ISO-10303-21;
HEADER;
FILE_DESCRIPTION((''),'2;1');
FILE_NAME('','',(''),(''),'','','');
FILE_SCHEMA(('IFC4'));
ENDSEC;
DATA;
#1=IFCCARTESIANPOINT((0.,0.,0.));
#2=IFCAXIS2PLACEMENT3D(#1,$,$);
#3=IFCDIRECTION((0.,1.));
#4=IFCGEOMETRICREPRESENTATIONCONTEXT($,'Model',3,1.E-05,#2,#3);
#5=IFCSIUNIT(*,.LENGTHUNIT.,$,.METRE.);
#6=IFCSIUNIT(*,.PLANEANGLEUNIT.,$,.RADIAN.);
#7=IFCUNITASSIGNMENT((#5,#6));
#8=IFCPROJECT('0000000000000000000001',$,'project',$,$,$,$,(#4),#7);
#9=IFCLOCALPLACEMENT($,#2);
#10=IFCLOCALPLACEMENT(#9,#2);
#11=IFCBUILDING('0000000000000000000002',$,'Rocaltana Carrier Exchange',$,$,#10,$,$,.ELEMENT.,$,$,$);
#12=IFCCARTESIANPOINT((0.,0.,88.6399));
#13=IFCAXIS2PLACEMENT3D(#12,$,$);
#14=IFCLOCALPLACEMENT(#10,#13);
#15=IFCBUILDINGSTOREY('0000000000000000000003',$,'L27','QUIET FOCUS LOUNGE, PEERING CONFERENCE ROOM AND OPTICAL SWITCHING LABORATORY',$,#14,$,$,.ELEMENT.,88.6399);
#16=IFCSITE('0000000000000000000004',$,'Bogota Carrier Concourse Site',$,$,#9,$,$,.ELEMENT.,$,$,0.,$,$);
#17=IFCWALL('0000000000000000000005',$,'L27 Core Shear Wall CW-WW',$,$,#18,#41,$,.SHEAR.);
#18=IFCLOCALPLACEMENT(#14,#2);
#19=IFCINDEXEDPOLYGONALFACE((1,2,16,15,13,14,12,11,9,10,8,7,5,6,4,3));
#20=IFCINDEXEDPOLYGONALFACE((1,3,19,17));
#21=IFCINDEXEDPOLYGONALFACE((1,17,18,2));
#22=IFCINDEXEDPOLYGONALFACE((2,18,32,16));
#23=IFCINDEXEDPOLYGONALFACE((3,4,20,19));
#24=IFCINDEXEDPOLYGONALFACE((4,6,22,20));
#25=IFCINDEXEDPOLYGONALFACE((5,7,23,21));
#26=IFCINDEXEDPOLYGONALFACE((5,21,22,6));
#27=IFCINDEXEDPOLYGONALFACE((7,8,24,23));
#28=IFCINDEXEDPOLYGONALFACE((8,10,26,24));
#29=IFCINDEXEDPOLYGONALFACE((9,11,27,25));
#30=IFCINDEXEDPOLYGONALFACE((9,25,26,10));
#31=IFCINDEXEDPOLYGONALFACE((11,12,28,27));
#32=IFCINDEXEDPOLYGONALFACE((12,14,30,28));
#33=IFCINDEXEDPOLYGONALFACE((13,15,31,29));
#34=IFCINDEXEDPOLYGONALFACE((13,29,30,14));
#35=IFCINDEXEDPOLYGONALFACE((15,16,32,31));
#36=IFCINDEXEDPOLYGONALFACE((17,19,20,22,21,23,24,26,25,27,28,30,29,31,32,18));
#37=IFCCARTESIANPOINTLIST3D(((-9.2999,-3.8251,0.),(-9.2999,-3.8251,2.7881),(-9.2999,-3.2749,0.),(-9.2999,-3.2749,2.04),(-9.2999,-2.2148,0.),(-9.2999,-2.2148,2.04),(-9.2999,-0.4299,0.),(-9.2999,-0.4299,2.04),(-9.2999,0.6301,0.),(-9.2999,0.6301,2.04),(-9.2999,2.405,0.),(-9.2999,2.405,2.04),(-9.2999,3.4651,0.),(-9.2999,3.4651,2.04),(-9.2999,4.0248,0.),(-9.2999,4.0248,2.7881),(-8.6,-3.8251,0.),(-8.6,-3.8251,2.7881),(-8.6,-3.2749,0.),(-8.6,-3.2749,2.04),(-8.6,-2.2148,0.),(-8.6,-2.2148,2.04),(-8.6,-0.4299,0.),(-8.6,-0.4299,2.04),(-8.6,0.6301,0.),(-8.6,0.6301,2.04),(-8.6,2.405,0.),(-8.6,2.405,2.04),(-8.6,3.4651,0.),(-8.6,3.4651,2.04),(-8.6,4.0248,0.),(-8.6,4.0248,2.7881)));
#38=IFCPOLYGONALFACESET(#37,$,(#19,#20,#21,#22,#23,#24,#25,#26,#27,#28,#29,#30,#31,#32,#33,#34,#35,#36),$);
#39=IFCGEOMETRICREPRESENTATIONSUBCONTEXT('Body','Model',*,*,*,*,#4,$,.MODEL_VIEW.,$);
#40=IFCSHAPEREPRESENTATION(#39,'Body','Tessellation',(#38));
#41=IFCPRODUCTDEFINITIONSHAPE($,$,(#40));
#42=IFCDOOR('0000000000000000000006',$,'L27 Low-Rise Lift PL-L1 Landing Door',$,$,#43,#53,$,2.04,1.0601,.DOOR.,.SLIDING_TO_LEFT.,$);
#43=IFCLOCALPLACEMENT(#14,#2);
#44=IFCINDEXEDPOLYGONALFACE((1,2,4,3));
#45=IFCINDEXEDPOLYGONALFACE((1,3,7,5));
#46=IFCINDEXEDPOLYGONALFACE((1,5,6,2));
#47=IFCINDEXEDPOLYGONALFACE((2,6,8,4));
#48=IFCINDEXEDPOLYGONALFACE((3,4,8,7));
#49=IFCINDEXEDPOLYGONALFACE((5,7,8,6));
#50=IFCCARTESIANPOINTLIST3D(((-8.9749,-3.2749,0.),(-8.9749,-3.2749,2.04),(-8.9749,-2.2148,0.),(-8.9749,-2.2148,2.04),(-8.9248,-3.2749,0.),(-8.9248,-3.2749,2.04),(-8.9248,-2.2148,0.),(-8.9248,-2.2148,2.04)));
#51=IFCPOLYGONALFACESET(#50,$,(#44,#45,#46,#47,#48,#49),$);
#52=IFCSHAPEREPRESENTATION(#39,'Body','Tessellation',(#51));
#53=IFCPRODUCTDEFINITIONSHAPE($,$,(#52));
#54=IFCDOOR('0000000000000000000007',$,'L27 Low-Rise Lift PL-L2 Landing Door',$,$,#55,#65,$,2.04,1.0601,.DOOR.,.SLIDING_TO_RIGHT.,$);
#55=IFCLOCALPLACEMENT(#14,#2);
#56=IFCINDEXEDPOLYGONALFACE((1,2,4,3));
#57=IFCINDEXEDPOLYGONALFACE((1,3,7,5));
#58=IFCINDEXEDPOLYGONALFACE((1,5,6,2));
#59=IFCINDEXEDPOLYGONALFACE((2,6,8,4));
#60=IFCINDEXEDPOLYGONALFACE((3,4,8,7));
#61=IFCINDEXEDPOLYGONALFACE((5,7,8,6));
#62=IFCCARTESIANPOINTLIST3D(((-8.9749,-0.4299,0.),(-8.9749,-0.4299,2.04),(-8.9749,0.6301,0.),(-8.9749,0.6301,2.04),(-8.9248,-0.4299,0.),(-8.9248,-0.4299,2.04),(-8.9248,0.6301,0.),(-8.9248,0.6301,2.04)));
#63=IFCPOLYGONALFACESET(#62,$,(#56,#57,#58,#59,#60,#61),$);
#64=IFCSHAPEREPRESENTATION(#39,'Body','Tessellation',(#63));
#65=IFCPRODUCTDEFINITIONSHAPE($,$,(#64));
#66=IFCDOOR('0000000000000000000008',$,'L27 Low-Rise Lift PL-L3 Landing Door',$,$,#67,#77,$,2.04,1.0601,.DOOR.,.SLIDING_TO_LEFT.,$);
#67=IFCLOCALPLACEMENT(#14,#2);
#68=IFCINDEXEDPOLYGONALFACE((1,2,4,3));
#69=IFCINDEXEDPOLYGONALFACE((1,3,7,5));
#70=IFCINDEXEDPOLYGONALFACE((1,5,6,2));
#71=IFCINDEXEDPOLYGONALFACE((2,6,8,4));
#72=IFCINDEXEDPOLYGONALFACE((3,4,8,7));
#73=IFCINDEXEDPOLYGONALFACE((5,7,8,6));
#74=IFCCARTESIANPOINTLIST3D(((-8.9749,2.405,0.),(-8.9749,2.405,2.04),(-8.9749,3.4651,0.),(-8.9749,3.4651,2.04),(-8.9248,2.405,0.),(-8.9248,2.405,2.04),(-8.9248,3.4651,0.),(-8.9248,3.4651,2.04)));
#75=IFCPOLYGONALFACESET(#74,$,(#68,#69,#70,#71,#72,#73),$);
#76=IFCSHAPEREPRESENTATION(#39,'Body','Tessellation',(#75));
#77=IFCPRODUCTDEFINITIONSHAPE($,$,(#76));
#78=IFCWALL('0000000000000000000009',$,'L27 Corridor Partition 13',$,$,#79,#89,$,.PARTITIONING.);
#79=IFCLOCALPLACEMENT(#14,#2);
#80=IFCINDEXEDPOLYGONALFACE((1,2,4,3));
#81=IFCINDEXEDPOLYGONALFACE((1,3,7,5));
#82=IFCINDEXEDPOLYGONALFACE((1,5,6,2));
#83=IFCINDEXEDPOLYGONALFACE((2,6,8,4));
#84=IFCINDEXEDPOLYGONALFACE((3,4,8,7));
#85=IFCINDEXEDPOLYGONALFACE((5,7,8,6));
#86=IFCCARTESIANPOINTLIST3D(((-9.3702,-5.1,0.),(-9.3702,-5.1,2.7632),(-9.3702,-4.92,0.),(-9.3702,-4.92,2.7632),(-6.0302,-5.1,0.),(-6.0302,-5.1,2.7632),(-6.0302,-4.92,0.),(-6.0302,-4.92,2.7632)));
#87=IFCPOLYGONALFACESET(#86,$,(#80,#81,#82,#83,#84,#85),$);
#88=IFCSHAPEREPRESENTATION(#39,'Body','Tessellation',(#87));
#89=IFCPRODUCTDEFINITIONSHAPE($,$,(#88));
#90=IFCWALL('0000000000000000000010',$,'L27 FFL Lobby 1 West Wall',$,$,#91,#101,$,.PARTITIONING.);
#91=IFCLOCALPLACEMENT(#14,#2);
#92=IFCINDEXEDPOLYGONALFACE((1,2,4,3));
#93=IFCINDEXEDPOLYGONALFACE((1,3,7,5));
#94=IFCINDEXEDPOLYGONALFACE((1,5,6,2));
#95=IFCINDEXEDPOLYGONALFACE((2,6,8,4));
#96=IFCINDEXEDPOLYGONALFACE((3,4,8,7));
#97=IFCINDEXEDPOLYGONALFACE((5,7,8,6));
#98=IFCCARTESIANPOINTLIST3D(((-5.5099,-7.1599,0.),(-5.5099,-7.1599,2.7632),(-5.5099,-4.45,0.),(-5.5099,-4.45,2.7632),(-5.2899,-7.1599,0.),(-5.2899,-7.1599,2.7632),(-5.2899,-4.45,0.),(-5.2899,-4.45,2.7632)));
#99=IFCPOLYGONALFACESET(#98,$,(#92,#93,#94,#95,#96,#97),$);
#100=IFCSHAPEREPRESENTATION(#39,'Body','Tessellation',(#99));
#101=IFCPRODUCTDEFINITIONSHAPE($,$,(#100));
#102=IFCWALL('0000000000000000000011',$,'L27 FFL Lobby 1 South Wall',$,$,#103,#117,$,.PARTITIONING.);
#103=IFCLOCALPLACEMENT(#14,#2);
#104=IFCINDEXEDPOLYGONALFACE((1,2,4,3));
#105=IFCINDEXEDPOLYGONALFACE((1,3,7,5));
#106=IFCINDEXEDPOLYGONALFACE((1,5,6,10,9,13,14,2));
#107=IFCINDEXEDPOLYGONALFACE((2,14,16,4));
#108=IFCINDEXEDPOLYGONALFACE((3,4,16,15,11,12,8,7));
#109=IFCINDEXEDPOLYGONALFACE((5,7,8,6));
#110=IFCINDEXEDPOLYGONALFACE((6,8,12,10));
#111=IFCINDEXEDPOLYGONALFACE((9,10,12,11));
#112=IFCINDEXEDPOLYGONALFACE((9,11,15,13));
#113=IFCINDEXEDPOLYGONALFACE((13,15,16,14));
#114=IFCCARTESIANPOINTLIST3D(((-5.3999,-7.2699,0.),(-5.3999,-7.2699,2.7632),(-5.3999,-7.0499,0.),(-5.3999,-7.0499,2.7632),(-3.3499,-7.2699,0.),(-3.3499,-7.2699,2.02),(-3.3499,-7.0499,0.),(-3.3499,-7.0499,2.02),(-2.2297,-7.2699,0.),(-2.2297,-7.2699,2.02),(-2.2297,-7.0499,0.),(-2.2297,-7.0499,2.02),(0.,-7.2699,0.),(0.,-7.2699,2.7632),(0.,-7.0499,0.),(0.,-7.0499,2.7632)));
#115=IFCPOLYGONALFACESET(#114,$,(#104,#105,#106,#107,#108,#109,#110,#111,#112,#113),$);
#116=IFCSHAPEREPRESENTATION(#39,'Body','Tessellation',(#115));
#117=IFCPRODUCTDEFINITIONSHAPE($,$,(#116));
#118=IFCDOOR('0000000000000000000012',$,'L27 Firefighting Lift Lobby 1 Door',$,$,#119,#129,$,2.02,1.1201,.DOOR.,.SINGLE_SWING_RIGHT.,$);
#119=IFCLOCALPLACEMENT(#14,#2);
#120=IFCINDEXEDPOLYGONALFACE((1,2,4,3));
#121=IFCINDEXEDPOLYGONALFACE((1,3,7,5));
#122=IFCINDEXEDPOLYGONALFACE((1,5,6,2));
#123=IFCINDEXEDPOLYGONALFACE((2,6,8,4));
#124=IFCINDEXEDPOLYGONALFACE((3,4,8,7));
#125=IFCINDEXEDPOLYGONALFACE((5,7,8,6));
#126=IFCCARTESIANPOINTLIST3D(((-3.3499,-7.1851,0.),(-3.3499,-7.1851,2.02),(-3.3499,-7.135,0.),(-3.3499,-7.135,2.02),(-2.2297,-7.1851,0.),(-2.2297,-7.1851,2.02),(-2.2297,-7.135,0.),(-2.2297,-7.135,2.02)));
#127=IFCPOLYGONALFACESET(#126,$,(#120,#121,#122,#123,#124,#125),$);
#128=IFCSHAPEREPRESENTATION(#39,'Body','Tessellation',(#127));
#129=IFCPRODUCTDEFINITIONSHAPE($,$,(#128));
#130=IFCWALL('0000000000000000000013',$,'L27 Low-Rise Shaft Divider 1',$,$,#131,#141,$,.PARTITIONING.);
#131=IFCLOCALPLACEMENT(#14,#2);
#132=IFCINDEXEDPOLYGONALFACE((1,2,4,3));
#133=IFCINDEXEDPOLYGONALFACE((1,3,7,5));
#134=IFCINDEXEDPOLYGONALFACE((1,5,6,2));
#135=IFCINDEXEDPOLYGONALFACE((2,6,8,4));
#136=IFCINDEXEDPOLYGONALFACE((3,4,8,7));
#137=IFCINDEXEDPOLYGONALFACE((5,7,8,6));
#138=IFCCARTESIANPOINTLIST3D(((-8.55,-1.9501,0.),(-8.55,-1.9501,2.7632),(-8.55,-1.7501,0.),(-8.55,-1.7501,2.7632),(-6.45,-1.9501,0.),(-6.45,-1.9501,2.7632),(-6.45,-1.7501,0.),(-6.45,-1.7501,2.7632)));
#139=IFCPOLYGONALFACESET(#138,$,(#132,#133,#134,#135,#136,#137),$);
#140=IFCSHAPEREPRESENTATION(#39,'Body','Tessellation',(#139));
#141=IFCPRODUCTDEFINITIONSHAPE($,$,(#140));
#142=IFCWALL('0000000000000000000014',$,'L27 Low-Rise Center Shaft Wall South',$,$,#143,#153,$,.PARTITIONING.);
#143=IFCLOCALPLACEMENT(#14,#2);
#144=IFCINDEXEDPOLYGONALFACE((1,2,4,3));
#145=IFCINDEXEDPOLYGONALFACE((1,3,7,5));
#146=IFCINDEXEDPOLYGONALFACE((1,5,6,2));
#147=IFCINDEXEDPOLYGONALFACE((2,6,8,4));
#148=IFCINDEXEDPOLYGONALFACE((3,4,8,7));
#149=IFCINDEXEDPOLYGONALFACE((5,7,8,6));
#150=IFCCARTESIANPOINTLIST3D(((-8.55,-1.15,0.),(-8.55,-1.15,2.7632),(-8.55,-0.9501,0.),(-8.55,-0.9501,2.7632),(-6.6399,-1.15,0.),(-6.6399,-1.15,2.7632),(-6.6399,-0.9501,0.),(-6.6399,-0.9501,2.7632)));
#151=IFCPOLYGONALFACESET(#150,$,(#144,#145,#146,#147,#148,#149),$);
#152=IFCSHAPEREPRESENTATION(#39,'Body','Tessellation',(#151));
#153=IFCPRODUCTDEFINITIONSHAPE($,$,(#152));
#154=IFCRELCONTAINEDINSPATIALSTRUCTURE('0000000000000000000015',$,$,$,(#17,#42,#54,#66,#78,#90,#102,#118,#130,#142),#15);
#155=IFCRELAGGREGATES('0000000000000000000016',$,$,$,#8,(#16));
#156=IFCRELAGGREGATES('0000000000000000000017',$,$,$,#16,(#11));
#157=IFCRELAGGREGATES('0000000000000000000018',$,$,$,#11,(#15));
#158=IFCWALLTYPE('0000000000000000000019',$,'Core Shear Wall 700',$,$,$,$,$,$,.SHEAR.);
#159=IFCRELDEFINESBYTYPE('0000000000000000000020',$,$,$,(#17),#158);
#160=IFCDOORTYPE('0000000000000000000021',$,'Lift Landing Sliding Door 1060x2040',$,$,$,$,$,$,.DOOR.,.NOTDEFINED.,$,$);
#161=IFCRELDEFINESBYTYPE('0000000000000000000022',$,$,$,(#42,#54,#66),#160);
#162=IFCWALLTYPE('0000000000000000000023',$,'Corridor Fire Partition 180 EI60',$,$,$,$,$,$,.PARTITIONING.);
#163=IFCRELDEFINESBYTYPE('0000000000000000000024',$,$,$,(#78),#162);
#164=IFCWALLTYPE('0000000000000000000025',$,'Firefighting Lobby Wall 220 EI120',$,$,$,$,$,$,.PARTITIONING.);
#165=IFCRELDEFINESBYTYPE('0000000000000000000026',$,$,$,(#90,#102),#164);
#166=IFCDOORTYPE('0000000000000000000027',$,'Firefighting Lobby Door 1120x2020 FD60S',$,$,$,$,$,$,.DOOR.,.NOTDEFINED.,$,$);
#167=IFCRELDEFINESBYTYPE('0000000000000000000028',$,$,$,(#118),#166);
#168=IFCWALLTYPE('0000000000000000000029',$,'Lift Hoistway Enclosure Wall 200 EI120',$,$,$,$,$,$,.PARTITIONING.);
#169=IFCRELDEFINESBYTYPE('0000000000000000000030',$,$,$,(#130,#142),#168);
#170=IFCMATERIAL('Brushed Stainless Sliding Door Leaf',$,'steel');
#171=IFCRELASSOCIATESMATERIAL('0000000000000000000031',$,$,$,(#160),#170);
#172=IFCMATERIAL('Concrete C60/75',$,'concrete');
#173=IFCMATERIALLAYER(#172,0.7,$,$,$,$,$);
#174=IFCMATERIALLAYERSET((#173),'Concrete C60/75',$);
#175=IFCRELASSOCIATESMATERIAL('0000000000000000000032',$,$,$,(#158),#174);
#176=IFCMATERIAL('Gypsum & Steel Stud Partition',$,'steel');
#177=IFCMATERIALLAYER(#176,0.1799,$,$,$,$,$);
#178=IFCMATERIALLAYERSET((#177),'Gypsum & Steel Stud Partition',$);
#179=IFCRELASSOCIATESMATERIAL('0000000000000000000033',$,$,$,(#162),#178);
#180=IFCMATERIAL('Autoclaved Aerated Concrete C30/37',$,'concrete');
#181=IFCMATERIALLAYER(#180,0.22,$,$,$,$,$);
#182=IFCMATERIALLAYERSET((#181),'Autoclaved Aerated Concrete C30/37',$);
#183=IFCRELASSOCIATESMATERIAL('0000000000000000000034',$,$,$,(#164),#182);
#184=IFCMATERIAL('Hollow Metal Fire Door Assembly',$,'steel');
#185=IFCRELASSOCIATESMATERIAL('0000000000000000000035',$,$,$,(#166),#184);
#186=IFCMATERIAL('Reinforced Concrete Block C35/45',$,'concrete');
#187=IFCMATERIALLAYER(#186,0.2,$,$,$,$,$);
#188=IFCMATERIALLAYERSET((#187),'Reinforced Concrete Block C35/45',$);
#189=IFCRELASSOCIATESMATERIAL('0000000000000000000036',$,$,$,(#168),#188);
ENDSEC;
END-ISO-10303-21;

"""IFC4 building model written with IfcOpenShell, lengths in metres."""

from ifc_helpers import new_model, si_unit, direction, frame, frame_2d, origin, place, context, subcontext, project, spatial, rectangle, extrude, material, layer, layer_set, type_object, element, fill, save


model = new_model("IFC4")

# Units and contexts
model_context = context("Model", 3, precision=1e-05, world=origin(), true_north=direction((0.0, 1.0)))
body_context = subcontext(model_context, "Body", "Model", "MODEL_VIEW")
ifc_project = project(units=[si_unit("LENGTHUNIT", "METRE"), si_unit("PLANEANGLEUNIT", "RADIAN")], contexts=[model_context])

# Site, building, storey
site_placement = place(None, origin())
site = spatial("IfcSite", under=ifc_project, at=site_placement, Name="Bogota Carrier Concourse Site", CompositionType="ELEMENT", RefElevation=0.0)
building_placement = place(site_placement, origin())
building = spatial("IfcBuilding", under=site, at=building_placement, Name="Rocaltana Carrier Exchange", CompositionType="ELEMENT")
storey_placement = place(building_placement, frame((0.0, 0.0, 88.6399)))
storey = spatial("IfcBuildingStorey", under=building, at=storey_placement, Name="L27", Description="QUIET FOCUS LOUNGE, PEERING CONFERENCE ROOM AND OPTICAL SWITCHING LABORATORY", CompositionType="ELEMENT", Elevation=88.6399)

# Shared definitions
ifc_material_1 = material(Name="Brushed Stainless Sliding Door Leaf", Category="steel")
door_type_1 = type_object("IfcDoorType", Name="Lift Landing Sliding Door 1060x2040", OperationType="NOTDEFINED", PredefinedType="DOOR", material=ifc_material_1)

# Shared definitions
ifc_material_2 = material(Name="Concrete C60/75", Category="concrete")
ifc_layer_1 = layer(ifc_material_2, 0.7)
ifc_layer_set_1 = layer_set([ifc_layer_1], Name="Concrete C60/75")
wall_type_1 = type_object("IfcWallType", Name="Core Shear Wall 700", PredefinedType="SHEAR", material=ifc_layer_set_1)

# Wall, openings, doors
wall_1_placement = place(storey_placement, frame((-8.95, -3.825, 0.0), z_axis=(0.0, 0.0, 1.0), x_axis=(0.0, 1.0, 0.0)))
wall_1 = element("IfcWall", 1, at=wall_1_placement, inside=storey, type_object=wall_type_1, Name="L27 Core Shear Wall CW-WW", PredefinedType="SHEAR", context=body_context, shape_type="SweptSolid", body=[
    extrude(rectangle(XDim=7.8499, YDim=0.7, at=frame_2d((3.9248, 0.0))), origin(), (0.0, 0.0, 1.0), 2.7881),
])
opening_1_placement = place(wall_1_placement, frame((0.55, 0.0, 0.0)))
opening_1 = element("IfcOpeningElement", 2, at=opening_1_placement, cuts=wall_1, PredefinedType="OPENING", context=body_context, shape_type="SweptSolid", body=[
    extrude(rectangle(XDim=1.0601, YDim=2.04, at=frame_2d((0.53, 1.02))), frame((0.0, 0.3599, 0.0), z_axis=(0.0, -1.0, 0.0), x_axis=(1.0, 0.0, 0.0)), (0.0, 0.0, 1.0), 0.72),
])
opening_2_placement = place(wall_1_placement, frame((3.395, 0.0, 0.0)))
opening_2 = element("IfcOpeningElement", 3, at=opening_2_placement, cuts=wall_1, PredefinedType="OPENING", context=body_context, shape_type="SweptSolid", body=[
    extrude(rectangle(XDim=1.0601, YDim=2.04, at=frame_2d((0.53, 1.02))), frame((0.0, 0.3599, 0.0), z_axis=(0.0, -1.0, 0.0), x_axis=(1.0, 0.0, 0.0)), (0.0, 0.0, 1.0), 0.72),
])
opening_3_placement = place(wall_1_placement, frame((6.23, 0.0, 0.0)))
opening_3 = element("IfcOpeningElement", 4, at=opening_3_placement, cuts=wall_1, PredefinedType="OPENING", context=body_context, shape_type="SweptSolid", body=[
    extrude(rectangle(XDim=1.0601, YDim=2.04, at=frame_2d((0.53, 1.02))), frame((0.0, 0.3599, 0.0), z_axis=(0.0, -1.0, 0.0), x_axis=(1.0, 0.0, 0.0)), (0.0, 0.0, 1.0), 0.72),
])
door_1_placement = place(opening_1_placement, origin())
door_1 = element("IfcDoor", 5, at=door_1_placement, inside=storey, type_object=door_type_1, Name="L27 Low-Rise Lift PL-L1 Landing Door", OperationType="SLIDING_TO_LEFT", OverallHeight=2.04, OverallWidth=1.0601, PredefinedType="DOOR", context=body_context, shape_type="SweptSolid", body=[
    extrude(rectangle(XDim=1.0601, YDim=2.04, at=frame_2d((0.53, 1.02))), frame((0.0, 0.0249, 0.0), z_axis=(0.0, -1.0, 0.0), x_axis=(1.0, 0.0, 0.0)), (0.0, 0.0, 1.0), 0.05),
])
fill(opening_1, door_1)
door_2_placement = place(opening_2_placement, origin())
door_2 = element("IfcDoor", 6, at=door_2_placement, inside=storey, type_object=door_type_1, Name="L27 Low-Rise Lift PL-L2 Landing Door", OperationType="SLIDING_TO_RIGHT", OverallHeight=2.04, OverallWidth=1.0601, PredefinedType="DOOR", context=body_context, shape_type="SweptSolid", body=[
    extrude(rectangle(XDim=1.0601, YDim=2.04, at=frame_2d((0.53, 1.02))), frame((0.0, 0.0249, 0.0), z_axis=(0.0, -1.0, 0.0), x_axis=(1.0, 0.0, 0.0)), (0.0, 0.0, 1.0), 0.05),
])
fill(opening_2, door_2)
door_3_placement = place(opening_3_placement, origin())
door_3 = element("IfcDoor", 7, at=door_3_placement, inside=storey, type_object=door_type_1, Name="L27 Low-Rise Lift PL-L3 Landing Door", OperationType="SLIDING_TO_LEFT", OverallHeight=2.04, OverallWidth=1.0601, PredefinedType="DOOR", context=body_context, shape_type="SweptSolid", body=[
    extrude(rectangle(XDim=1.0601, YDim=2.04, at=frame_2d((0.53, 1.02))), frame((0.0, 0.0249, 0.0), z_axis=(0.0, -1.0, 0.0), x_axis=(1.0, 0.0, 0.0)), (0.0, 0.0, 1.0), 0.05),
])
fill(opening_3, door_3)

# Walls
ifc_material_3 = material(Name="Gypsum & Steel Stud Partition", Category="steel")
ifc_layer_2 = layer(ifc_material_3, 0.1799)
ifc_layer_set_2 = layer_set([ifc_layer_2], Name="Gypsum & Steel Stud Partition")
wall_type_2 = type_object("IfcWallType", Name="Corridor Fire Partition 180 EI60", PredefinedType="PARTITIONING", material=ifc_layer_set_2)
wall_2_placement = place(storey_placement, frame((-9.3701, -5.01, 0.0), z_axis=(0.0, 0.0, 1.0), x_axis=(1.0, 0.0, 0.0)))
element("IfcWall", 8, at=wall_2_placement, inside=storey, type_object=wall_type_2, Name="L27 Corridor Partition 13", PredefinedType="PARTITIONING", context=body_context, shape_type="SweptSolid", body=[
    extrude(rectangle(XDim=3.3401, YDim=0.1799, at=frame_2d((1.6699, 0.0))), origin(), (0.0, 0.0, 1.0), 2.7632),
])
ifc_material_4 = material(Name="Autoclaved Aerated Concrete C30/37", Category="concrete")
ifc_layer_3 = layer(ifc_material_4, 0.22)
ifc_layer_set_3 = layer_set([ifc_layer_3], Name="Autoclaved Aerated Concrete C30/37")
wall_type_3 = type_object("IfcWallType", Name="Firefighting Lobby Wall 220 EI120", PredefinedType="PARTITIONING", material=ifc_layer_set_3)
wall_3_placement = place(storey_placement, frame((-5.3999, -7.1599, 0.0), z_axis=(0.0, 0.0, 1.0), x_axis=(0.0, 1.0, 0.0)))
element("IfcWall", 9, at=wall_3_placement, inside=storey, type_object=wall_type_3, Name="L27 FFL Lobby 1 West Wall", PredefinedType="PARTITIONING", context=body_context, shape_type="SweptSolid", body=[
    extrude(rectangle(XDim=2.71, YDim=0.22, at=frame_2d((1.355, 0.0))), origin(), (0.0, 0.0, 1.0), 2.7632),
])

# Wall, opening, door
wall_4_placement = place(storey_placement, frame((-5.3999, -7.1599, 0.0), z_axis=(0.0, 0.0, 1.0), x_axis=(1.0, 0.0, 0.0)))
wall_4 = element("IfcWall", 10, at=wall_4_placement, inside=storey, type_object=wall_type_3, Name="L27 FFL Lobby 1 South Wall", PredefinedType="PARTITIONING", context=body_context, shape_type="SweptSolid", body=[
    extrude(rectangle(XDim=5.3999, YDim=0.22, at=frame_2d((2.7, 0.0))), origin(), (0.0, 0.0, 1.0), 2.7632),
])
opening_4_placement = place(wall_4_placement, frame((2.05, 0.0, 0.0)))
opening_4 = element("IfcOpeningElement", 11, at=opening_4_placement, cuts=wall_4, PredefinedType="OPENING", context=body_context, shape_type="SweptSolid", body=[
    extrude(rectangle(XDim=1.1201, YDim=2.02, at=frame_2d((0.5601, 1.01))), frame((0.0, 0.1199, 0.0), z_axis=(0.0, -1.0, 0.0), x_axis=(1.0, 0.0, 0.0)), (0.0, 0.0, 1.0), 0.24),
])
ifc_material_5 = material(Name="Hollow Metal Fire Door Assembly", Category="steel")
door_type_2 = type_object("IfcDoorType", Name="Firefighting Lobby Door 1120x2020 FD60S", OperationType="NOTDEFINED", PredefinedType="DOOR", material=ifc_material_5)
door_4_placement = place(opening_4_placement, origin())
door_4 = element("IfcDoor", 12, at=door_4_placement, inside=storey, type_object=door_type_2, Name="L27 Firefighting Lift Lobby 1 Door", OperationType="SINGLE_SWING_RIGHT", OverallHeight=2.02, OverallWidth=1.1201, PredefinedType="DOOR", context=body_context, shape_type="SweptSolid", body=[
    extrude(rectangle(XDim=1.1201, YDim=2.02, at=frame_2d((0.5601, 1.01))), frame((0.0, 0.0249, 0.0), z_axis=(0.0, -1.0, 0.0), x_axis=(1.0, 0.0, 0.0)), (0.0, 0.0, 1.0), 0.05),
])
fill(opening_4, door_4)

# Walls
ifc_material_6 = material(Name="Reinforced Concrete Block C35/45", Category="concrete")
ifc_layer_4 = layer(ifc_material_6, 0.2)
ifc_layer_set_4 = layer_set([ifc_layer_4], Name="Reinforced Concrete Block C35/45")
wall_type_4 = type_object("IfcWallType", Name="Lift Hoistway Enclosure Wall 200 EI120", PredefinedType="PARTITIONING", material=ifc_layer_set_4)
wall_5_placement = place(storey_placement, frame((-8.55, -1.8501, 0.0), z_axis=(0.0, 0.0, 1.0), x_axis=(1.0, 0.0, 0.0)))
element("IfcWall", 13, at=wall_5_placement, inside=storey, type_object=wall_type_4, Name="L27 Low-Rise Shaft Divider 1", PredefinedType="PARTITIONING", context=body_context, shape_type="SweptSolid", body=[
    extrude(rectangle(XDim=2.1001, YDim=0.2, at=frame_2d((1.05, 0.0))), origin(), (0.0, 0.0, 1.0), 2.7632),
])
wall_6_placement = place(storey_placement, frame((-8.55, -1.05, 0.0), z_axis=(0.0, 0.0, 1.0), x_axis=(1.0, 0.0, 0.0)))
element("IfcWall", 14, at=wall_6_placement, inside=storey, type_object=wall_type_4, Name="L27 Low-Rise Center Shaft Wall South", PredefinedType="PARTITIONING", context=body_context, shape_type="SweptSolid", body=[
    extrude(rectangle(XDim=1.9102, YDim=0.2, at=frame_2d((0.9551, 0.0))), origin(), (0.0, 0.0, 1.0), 2.7632),
])

save(model, "model.ifc")
